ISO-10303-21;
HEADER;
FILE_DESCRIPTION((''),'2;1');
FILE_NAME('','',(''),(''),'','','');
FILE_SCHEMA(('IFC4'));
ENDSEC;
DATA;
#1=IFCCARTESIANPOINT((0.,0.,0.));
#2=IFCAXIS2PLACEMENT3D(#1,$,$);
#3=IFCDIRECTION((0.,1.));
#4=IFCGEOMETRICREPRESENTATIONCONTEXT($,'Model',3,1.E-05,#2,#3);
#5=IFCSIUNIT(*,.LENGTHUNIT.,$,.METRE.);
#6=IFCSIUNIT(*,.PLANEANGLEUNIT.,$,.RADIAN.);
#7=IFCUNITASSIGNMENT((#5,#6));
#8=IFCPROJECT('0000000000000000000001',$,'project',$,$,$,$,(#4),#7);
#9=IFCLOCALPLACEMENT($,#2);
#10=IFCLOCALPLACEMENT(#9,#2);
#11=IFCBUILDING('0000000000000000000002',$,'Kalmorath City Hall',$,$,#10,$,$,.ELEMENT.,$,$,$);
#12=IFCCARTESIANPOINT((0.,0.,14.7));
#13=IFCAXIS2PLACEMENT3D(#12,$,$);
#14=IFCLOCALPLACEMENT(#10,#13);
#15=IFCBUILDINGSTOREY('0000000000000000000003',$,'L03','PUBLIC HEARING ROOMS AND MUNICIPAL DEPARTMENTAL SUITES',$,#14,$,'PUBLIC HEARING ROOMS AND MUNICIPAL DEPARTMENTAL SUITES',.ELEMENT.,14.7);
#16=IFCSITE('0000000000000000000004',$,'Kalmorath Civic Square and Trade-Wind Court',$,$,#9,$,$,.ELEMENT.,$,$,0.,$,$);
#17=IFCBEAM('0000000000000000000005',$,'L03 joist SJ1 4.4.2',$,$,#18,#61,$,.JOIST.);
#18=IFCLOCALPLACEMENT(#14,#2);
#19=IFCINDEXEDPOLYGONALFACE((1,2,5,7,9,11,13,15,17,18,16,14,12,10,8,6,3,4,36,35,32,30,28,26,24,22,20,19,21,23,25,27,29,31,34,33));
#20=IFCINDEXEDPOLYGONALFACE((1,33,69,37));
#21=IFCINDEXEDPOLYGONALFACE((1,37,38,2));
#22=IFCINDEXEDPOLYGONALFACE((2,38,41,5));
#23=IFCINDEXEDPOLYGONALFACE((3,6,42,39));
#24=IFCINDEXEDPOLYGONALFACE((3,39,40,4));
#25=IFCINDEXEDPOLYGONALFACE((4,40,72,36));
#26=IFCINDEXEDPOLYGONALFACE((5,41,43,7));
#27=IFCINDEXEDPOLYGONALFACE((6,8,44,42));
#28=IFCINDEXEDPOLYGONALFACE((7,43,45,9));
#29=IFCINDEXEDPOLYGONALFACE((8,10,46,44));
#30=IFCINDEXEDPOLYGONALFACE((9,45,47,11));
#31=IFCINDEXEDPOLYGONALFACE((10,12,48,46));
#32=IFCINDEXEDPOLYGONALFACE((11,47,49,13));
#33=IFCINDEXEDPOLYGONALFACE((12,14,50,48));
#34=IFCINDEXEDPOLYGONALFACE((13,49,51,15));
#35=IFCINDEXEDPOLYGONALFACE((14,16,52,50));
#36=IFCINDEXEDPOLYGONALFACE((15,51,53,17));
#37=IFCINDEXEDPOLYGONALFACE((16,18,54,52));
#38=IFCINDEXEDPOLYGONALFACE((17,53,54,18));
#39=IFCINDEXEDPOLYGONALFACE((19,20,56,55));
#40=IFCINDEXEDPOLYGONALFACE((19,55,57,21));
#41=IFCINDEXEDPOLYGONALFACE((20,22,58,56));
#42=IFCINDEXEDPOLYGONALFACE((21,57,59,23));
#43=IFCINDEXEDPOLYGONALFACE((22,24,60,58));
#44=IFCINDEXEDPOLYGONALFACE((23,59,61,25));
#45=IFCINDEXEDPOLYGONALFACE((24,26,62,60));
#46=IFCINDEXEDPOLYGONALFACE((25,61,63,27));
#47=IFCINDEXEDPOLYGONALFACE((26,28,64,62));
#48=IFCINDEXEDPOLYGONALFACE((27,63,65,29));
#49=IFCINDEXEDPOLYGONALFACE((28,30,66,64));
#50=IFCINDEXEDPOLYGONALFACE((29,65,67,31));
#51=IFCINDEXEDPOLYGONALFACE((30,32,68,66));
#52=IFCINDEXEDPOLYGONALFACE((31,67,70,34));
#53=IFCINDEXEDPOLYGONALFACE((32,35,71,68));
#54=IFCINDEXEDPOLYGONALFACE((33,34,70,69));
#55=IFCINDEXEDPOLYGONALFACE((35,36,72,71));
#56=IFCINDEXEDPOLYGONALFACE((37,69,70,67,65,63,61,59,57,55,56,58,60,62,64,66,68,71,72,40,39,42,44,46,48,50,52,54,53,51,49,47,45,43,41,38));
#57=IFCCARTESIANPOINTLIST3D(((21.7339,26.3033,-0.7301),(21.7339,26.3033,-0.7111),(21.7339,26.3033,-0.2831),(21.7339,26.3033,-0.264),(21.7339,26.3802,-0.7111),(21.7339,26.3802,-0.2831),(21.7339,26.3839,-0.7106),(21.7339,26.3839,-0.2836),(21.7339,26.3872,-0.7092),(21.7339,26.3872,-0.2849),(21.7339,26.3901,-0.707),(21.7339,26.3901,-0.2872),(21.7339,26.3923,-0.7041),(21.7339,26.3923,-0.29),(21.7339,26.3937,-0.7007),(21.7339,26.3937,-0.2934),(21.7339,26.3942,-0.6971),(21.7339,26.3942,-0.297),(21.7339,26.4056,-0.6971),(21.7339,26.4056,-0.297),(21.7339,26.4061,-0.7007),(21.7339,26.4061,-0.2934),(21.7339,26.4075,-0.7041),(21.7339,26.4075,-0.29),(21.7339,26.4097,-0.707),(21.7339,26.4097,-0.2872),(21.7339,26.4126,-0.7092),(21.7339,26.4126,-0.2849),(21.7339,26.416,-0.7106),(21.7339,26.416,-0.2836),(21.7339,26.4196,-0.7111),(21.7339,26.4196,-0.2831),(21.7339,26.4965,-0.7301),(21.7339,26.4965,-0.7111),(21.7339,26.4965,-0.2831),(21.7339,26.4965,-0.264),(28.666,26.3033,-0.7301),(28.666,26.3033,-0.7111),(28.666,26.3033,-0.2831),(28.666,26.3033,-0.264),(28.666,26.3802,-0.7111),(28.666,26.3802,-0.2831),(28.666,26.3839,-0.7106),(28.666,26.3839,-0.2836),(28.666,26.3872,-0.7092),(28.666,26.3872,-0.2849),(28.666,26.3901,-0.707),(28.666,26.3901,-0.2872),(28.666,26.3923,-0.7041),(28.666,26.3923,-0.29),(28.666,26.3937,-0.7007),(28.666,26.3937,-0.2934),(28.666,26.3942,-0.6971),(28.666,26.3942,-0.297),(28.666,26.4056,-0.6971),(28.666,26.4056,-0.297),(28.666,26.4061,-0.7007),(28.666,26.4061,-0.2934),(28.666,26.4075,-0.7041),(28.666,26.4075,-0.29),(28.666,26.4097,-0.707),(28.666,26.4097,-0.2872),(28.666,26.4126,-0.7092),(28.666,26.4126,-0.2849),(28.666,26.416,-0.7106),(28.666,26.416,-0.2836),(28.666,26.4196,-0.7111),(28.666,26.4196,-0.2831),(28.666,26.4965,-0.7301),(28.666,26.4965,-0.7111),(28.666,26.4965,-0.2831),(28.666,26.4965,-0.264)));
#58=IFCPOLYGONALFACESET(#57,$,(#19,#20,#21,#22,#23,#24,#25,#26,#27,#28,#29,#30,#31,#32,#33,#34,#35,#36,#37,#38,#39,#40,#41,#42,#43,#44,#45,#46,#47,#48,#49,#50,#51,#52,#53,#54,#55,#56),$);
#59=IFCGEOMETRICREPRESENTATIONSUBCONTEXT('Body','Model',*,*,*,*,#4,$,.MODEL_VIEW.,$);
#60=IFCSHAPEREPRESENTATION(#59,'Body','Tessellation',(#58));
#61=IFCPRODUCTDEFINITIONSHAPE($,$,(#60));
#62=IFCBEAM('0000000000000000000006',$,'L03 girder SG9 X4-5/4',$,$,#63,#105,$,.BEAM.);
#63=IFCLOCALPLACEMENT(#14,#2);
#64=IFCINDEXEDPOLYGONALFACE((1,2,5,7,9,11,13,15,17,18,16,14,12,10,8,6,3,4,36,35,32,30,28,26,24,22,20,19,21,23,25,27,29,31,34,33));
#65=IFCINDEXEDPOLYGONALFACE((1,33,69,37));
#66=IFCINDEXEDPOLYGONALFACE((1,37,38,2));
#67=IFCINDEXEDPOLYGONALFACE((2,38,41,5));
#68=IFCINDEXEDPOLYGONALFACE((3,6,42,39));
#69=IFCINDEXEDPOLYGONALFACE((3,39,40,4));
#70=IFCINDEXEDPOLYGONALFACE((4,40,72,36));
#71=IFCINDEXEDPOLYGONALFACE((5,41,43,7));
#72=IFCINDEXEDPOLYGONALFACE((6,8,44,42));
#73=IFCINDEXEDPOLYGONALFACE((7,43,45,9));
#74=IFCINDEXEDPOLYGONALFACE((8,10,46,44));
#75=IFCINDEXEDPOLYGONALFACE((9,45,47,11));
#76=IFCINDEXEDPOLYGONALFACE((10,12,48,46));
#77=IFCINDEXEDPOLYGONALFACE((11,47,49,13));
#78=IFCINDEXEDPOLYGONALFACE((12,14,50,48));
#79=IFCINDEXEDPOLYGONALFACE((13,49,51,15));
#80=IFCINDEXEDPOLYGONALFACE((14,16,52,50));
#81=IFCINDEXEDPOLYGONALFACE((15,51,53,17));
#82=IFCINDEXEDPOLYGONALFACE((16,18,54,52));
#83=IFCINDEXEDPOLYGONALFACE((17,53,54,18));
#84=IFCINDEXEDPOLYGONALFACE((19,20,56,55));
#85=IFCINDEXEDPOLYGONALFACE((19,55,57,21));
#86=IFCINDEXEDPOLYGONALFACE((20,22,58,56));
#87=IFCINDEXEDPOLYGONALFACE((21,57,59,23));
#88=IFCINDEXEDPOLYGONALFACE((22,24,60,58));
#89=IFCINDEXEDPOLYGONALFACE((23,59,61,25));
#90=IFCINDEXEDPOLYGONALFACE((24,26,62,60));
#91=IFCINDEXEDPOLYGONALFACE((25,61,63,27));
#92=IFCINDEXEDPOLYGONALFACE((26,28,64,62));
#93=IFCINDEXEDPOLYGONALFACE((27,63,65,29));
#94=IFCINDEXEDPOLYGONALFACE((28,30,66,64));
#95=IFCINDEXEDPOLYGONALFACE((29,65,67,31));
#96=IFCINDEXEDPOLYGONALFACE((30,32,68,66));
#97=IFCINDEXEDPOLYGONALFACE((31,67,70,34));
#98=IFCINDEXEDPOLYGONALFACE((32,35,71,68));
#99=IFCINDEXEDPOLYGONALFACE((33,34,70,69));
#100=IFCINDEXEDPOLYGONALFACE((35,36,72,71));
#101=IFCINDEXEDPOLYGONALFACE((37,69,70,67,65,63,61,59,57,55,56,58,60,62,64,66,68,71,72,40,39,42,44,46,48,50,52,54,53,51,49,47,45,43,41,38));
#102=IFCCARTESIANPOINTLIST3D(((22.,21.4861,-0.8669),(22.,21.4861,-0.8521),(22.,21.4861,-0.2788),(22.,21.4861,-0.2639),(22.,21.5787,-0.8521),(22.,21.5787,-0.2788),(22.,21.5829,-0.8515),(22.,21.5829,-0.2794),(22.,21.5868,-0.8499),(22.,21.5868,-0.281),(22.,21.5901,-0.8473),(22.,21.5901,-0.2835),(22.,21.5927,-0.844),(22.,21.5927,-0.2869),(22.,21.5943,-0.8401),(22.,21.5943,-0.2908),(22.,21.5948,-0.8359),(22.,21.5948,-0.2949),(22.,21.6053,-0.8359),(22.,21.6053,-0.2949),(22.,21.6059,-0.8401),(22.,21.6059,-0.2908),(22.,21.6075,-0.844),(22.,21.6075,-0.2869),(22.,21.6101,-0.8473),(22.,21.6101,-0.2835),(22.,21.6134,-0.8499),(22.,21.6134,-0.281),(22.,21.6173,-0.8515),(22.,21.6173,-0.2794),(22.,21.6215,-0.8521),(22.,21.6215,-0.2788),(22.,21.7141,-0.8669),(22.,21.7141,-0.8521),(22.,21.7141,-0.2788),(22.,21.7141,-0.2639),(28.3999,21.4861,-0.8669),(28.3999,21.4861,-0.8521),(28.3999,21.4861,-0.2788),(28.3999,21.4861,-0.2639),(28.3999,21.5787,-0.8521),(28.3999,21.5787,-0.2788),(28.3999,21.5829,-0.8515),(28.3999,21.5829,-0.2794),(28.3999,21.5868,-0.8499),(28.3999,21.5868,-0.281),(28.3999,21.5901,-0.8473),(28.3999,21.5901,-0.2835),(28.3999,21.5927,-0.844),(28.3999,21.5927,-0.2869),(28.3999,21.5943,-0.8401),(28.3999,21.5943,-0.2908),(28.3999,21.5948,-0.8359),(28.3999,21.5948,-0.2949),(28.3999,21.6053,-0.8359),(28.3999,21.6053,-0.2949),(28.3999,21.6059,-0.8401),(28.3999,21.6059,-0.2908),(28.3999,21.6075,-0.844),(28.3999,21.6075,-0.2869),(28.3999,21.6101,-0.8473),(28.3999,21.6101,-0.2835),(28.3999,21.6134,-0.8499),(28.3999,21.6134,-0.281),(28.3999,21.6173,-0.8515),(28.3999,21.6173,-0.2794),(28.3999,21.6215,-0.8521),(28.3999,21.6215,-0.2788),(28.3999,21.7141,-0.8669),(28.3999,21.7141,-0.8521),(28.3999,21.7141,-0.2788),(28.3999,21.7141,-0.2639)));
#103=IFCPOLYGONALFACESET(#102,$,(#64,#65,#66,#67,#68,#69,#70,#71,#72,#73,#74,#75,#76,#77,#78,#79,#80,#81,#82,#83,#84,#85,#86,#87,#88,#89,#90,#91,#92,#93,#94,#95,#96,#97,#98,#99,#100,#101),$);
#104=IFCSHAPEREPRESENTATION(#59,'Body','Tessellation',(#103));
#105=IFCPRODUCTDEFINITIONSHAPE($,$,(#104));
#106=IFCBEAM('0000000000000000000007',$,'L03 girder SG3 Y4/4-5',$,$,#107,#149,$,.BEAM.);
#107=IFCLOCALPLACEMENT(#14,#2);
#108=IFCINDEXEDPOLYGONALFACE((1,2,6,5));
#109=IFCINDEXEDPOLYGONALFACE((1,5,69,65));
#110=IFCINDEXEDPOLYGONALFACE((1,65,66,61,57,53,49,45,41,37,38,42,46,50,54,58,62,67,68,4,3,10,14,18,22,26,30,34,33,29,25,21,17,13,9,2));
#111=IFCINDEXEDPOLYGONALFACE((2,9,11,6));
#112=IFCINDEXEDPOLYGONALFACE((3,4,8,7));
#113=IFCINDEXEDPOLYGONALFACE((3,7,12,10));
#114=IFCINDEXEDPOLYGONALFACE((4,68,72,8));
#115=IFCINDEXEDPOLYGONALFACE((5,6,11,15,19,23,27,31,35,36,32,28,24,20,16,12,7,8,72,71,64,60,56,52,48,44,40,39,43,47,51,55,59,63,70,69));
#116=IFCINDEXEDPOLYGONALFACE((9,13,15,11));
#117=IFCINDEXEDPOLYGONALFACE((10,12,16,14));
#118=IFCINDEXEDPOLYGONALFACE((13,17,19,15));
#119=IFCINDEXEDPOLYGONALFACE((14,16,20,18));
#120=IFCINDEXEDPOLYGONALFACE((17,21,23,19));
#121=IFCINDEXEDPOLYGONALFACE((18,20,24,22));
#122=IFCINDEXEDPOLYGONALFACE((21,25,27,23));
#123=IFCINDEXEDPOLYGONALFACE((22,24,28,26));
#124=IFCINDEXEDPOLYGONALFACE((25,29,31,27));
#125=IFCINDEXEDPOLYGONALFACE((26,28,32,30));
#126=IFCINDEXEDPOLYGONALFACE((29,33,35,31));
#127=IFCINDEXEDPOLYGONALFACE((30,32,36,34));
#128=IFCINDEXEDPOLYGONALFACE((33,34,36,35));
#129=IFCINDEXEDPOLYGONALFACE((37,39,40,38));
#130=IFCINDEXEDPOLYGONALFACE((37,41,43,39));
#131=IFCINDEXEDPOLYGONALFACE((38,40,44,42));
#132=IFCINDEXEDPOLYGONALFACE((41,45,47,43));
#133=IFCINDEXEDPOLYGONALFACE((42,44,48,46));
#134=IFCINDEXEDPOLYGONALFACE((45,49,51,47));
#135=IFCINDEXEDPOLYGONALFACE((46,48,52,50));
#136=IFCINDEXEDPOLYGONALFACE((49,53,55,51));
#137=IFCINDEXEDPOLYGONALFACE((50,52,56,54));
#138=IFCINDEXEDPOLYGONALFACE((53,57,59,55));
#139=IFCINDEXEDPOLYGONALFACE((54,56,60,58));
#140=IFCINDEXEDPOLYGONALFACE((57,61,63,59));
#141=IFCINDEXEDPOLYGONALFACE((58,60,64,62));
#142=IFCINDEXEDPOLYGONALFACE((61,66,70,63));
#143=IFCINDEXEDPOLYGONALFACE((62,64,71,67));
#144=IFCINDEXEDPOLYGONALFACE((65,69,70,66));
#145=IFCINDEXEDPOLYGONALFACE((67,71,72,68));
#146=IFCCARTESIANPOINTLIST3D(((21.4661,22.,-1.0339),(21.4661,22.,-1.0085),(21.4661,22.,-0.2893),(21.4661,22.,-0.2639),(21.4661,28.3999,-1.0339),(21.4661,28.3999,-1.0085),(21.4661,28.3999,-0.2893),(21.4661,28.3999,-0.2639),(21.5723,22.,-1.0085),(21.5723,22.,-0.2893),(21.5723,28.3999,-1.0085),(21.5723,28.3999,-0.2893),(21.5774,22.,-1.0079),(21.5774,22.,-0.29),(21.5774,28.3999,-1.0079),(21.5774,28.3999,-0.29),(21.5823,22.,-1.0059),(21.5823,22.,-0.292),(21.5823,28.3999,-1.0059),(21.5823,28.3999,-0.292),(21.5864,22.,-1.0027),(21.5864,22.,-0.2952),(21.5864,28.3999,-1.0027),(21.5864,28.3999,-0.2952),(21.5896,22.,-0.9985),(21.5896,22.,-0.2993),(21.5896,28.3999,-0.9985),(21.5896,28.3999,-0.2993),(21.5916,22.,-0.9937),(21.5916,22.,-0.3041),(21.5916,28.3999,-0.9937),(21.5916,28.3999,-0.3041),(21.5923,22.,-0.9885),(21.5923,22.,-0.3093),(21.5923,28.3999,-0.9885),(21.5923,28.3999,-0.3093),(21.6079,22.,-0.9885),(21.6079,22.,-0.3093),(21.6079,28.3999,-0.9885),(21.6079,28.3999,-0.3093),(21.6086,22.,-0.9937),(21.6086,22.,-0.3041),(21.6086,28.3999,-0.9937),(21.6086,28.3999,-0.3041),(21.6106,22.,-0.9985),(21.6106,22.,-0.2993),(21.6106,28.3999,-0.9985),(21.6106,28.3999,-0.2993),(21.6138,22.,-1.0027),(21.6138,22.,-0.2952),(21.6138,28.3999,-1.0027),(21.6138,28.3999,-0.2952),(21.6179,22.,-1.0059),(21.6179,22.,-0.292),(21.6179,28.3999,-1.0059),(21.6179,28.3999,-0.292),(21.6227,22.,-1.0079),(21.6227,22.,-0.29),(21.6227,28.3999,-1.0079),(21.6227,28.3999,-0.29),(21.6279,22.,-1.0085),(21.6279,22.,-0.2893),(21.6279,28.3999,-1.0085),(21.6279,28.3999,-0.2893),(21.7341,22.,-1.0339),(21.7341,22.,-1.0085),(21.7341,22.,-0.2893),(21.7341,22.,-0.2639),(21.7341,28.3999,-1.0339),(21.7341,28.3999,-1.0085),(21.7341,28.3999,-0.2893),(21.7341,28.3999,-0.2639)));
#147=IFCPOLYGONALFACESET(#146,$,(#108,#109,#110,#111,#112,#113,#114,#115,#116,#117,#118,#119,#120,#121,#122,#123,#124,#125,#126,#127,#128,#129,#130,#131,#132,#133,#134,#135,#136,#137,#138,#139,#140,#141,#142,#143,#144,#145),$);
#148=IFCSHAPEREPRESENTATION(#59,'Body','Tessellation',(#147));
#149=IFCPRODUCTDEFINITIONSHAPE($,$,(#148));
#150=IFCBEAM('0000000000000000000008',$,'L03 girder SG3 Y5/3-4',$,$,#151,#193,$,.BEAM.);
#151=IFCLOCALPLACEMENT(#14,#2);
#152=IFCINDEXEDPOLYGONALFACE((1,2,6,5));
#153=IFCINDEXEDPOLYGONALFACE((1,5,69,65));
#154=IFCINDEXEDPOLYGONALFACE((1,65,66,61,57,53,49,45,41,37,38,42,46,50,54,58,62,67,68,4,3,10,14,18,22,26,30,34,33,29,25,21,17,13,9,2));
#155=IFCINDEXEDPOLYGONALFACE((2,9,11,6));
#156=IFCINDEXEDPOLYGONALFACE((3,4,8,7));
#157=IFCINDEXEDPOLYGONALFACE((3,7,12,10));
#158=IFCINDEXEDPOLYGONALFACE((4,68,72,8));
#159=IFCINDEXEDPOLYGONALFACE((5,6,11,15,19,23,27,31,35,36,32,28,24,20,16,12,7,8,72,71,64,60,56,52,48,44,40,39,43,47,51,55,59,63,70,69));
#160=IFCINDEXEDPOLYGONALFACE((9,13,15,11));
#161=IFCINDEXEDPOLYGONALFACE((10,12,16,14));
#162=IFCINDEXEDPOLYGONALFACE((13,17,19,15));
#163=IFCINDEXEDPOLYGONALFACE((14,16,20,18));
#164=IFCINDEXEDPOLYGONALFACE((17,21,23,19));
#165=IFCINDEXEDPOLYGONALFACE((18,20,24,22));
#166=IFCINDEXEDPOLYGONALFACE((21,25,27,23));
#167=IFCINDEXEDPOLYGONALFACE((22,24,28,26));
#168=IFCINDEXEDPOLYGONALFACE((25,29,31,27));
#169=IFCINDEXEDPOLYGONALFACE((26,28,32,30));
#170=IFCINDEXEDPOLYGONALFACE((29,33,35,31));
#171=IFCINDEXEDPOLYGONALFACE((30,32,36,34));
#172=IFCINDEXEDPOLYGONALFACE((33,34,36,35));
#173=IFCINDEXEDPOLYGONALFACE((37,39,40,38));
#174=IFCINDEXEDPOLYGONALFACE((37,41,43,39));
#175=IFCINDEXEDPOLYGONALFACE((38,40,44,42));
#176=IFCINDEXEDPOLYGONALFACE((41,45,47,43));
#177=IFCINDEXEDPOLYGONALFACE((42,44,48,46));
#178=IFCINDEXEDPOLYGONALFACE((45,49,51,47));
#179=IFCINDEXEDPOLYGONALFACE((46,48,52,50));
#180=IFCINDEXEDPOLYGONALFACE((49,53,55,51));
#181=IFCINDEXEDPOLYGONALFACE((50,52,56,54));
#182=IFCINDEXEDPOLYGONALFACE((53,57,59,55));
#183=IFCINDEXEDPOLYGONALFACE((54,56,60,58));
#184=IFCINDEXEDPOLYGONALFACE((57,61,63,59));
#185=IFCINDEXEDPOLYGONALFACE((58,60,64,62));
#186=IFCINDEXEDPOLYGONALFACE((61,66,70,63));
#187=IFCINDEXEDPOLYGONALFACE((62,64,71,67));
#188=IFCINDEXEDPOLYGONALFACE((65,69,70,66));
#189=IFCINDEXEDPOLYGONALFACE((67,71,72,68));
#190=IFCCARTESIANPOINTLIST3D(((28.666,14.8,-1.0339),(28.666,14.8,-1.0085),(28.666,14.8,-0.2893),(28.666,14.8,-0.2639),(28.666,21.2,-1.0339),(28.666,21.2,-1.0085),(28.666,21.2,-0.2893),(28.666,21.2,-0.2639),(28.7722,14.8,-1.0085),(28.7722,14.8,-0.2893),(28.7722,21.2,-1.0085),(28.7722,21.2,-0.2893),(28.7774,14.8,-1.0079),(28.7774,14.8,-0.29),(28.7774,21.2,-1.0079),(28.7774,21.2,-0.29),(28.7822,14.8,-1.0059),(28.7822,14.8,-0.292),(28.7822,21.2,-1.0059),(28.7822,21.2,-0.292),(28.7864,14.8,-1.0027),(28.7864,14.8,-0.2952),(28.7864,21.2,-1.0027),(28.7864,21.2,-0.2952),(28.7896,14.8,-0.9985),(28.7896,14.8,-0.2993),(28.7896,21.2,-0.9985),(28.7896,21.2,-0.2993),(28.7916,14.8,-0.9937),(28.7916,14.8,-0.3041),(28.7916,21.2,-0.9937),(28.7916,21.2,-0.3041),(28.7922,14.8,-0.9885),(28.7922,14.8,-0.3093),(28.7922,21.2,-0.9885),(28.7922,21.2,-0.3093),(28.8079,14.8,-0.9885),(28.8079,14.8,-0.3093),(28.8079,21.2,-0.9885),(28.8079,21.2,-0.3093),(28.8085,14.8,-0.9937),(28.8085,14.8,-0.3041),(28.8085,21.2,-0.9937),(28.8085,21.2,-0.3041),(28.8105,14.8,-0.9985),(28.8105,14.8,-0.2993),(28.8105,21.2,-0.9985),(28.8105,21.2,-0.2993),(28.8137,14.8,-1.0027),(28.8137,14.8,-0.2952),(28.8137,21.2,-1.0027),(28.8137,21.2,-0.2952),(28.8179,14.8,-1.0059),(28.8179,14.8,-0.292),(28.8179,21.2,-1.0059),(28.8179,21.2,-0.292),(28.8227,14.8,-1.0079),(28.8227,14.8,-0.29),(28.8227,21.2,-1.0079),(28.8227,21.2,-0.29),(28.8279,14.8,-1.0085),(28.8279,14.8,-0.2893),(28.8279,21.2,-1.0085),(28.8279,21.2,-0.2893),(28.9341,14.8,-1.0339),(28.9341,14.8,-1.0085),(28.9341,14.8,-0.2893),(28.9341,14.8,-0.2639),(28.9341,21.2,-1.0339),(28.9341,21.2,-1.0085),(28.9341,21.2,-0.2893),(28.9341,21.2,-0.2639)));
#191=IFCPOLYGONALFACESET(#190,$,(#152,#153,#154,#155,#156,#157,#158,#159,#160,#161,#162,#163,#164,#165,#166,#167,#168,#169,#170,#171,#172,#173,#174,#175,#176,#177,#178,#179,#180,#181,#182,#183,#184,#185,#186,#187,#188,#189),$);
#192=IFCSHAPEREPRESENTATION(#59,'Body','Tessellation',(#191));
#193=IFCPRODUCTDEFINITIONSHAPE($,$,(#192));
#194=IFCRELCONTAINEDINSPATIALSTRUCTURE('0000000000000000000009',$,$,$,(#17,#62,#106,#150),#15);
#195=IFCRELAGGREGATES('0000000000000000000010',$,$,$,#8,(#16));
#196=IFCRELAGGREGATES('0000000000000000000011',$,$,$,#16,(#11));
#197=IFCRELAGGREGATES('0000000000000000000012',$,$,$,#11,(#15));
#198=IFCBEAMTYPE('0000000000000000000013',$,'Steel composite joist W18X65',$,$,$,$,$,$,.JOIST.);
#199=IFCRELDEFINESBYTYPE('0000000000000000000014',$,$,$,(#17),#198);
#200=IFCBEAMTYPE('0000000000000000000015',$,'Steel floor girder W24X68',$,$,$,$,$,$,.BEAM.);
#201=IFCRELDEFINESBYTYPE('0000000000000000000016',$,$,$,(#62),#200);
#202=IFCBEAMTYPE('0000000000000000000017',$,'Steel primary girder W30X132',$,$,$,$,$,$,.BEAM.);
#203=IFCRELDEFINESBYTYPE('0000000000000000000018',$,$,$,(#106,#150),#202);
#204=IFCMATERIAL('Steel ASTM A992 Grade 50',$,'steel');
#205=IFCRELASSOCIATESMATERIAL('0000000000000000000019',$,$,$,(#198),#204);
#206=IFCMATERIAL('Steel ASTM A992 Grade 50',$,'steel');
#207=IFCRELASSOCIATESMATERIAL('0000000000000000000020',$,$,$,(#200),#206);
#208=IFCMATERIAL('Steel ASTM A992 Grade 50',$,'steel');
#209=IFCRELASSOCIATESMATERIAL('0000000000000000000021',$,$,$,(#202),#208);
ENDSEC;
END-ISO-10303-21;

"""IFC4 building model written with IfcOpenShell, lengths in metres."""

from ifc_helpers import new_model, si_unit, direction, frame, origin, origin_2d, place, context, subcontext, project, spatial, i_section, extrude, material, material_profile, profile_set, type_object, element, save


model = new_model("IFC4")

# Units and contexts
model_context = context("Model", 3, precision=1e-05, world=origin(), true_north=direction((0.0, 1.0)))
body_context = subcontext(model_context, "Body", "Model", "MODEL_VIEW")
ifc_project = project(units=[si_unit("LENGTHUNIT", "METRE"), si_unit("PLANEANGLEUNIT", "RADIAN")], contexts=[model_context])

# Site, building, storey
site_placement = place(None, origin())
site = spatial("IfcSite", under=ifc_project, at=site_placement, Name="Kalmorath Civic Square and Trade-Wind Court", CompositionType="ELEMENT", RefElevation=0.0)
building_placement = place(site_placement, origin())
building = spatial("IfcBuilding", under=site, at=building_placement, Name="Kalmorath City Hall", CompositionType="ELEMENT")
storey_placement = place(building_placement, frame((0.0, 0.0, 14.7)))
storey = spatial("IfcBuildingStorey", under=building, at=storey_placement, Name="L03", Description="PUBLIC HEARING ROOMS AND MUNICIPAL DEPARTMENTAL SUITES", LongName="PUBLIC HEARING ROOMS AND MUNICIPAL DEPARTMENTAL SUITES", CompositionType="ELEMENT", Elevation=14.7)

# Beams
ifc_material_1 = material(Name="Steel ASTM A992 Grade 50", Category="steel")
ifc_material_profile_1 = material_profile(ifc_material_1, i_section(OverallWidth=0.1931, OverallDepth=0.4661, WebThickness=0.0115, FlangeThickness=0.019, FilletRadius=0.0139, at=origin_2d()), Name="W18X65")
ifc_profile_set_1 = profile_set([ifc_material_profile_1], Name="Steel ASTM A992 Grade 50")
beam_type_1 = type_object("IfcBeamType", Name="Steel composite joist W18X65", PredefinedType="JOIST", material=ifc_profile_set_1)
for number, where, z_axis, x_axis, name in (
    (1, (21.7339, 26.3999, -0.4971), (1.0, 0.0, 0.0), (0.0, 1.0, 0.0), "L03 joist SJ1 4.4.2"),
):
    element("IfcBeam", number, at=place(storey_placement, frame(where, z_axis=z_axis, x_axis=x_axis)), inside=storey, type_object=beam_type_1, Name=name, PredefinedType="JOIST", context=body_context, shape_type="SweptSolid", body=[
        extrude(i_section(OverallWidth=0.1931, OverallDepth=0.4661, WebThickness=0.0115, FlangeThickness=0.019, FilletRadius=0.0139, at=origin_2d()), origin(), (0.0, 0.0, 1.0), 6.9321),
    ])
ifc_material_2 = material(Name="Steel ASTM A992 Grade 50", Category="steel")
ifc_material_profile_2 = material_profile(ifc_material_2, i_section(OverallWidth=0.228, OverallDepth=0.603, WebThickness=0.0105, FlangeThickness=0.0149, FilletRadius=0.0161, at=origin_2d()), Name="W24X68")
ifc_profile_set_2 = profile_set([ifc_material_profile_2], Name="Steel ASTM A992 Grade 50")
beam_type_2 = type_object("IfcBeamType", Name="Steel floor girder W24X68", PredefinedType="BEAM", material=ifc_profile_set_2)
beam_placement = place(storey_placement, frame((22.0, 21.6001, -0.5654), z_axis=(1.0, 0.0, 0.0), x_axis=(0.0, 1.0, 0.0)))
element("IfcBeam", 2, at=beam_placement, inside=storey, type_object=beam_type_2, Name="L03 girder SG9 X4-5/4", PredefinedType="BEAM", context=body_context, shape_type="SweptSolid", body=[
    extrude(i_section(OverallWidth=0.228, OverallDepth=0.603, WebThickness=0.0105, FlangeThickness=0.0149, FilletRadius=0.0161, at=origin_2d()), origin(), (0.0, 0.0, 1.0), 6.3999),
])
ifc_material_3 = material(Name="Steel ASTM A992 Grade 50", Category="steel")
ifc_material_profile_3 = material_profile(ifc_material_3, i_section(OverallWidth=0.2681, OverallDepth=0.77, WebThickness=0.0156, FlangeThickness=0.0254, FilletRadius=0.02, at=origin_2d()), Name="W30X132")
ifc_profile_set_3 = profile_set([ifc_material_profile_3], Name="Steel ASTM A992 Grade 50")
beam_type_3 = type_object("IfcBeamType", Name="Steel primary girder W30X132", PredefinedType="BEAM", material=ifc_profile_set_3)
for number, where, z_axis, x_axis, name in (
    (3, (21.6001, 22.0, -0.6489), (0.0, 1.0, 0.0), (-1.0, 0.0, 0.0), "L03 girder SG3 Y4/4-5"),
    (4, (28.8, 14.8, -0.6489), (0.0, 1.0, 0.0), (-1.0, 0.0, 0.0), "L03 girder SG3 Y5/3-4"),
):
    element("IfcBeam", number, at=place(storey_placement, frame(where, z_axis=z_axis, x_axis=x_axis)), inside=storey, type_object=beam_type_3, Name=name, PredefinedType="BEAM", context=body_context, shape_type="SweptSolid", body=[
        extrude(i_section(OverallWidth=0.2681, OverallDepth=0.77, WebThickness=0.0156, FlangeThickness=0.0254, FilletRadius=0.02, at=origin_2d()), origin(), (0.0, 0.0, 1.0), 6.3999),
    ])

save(model, "model.ifc")
